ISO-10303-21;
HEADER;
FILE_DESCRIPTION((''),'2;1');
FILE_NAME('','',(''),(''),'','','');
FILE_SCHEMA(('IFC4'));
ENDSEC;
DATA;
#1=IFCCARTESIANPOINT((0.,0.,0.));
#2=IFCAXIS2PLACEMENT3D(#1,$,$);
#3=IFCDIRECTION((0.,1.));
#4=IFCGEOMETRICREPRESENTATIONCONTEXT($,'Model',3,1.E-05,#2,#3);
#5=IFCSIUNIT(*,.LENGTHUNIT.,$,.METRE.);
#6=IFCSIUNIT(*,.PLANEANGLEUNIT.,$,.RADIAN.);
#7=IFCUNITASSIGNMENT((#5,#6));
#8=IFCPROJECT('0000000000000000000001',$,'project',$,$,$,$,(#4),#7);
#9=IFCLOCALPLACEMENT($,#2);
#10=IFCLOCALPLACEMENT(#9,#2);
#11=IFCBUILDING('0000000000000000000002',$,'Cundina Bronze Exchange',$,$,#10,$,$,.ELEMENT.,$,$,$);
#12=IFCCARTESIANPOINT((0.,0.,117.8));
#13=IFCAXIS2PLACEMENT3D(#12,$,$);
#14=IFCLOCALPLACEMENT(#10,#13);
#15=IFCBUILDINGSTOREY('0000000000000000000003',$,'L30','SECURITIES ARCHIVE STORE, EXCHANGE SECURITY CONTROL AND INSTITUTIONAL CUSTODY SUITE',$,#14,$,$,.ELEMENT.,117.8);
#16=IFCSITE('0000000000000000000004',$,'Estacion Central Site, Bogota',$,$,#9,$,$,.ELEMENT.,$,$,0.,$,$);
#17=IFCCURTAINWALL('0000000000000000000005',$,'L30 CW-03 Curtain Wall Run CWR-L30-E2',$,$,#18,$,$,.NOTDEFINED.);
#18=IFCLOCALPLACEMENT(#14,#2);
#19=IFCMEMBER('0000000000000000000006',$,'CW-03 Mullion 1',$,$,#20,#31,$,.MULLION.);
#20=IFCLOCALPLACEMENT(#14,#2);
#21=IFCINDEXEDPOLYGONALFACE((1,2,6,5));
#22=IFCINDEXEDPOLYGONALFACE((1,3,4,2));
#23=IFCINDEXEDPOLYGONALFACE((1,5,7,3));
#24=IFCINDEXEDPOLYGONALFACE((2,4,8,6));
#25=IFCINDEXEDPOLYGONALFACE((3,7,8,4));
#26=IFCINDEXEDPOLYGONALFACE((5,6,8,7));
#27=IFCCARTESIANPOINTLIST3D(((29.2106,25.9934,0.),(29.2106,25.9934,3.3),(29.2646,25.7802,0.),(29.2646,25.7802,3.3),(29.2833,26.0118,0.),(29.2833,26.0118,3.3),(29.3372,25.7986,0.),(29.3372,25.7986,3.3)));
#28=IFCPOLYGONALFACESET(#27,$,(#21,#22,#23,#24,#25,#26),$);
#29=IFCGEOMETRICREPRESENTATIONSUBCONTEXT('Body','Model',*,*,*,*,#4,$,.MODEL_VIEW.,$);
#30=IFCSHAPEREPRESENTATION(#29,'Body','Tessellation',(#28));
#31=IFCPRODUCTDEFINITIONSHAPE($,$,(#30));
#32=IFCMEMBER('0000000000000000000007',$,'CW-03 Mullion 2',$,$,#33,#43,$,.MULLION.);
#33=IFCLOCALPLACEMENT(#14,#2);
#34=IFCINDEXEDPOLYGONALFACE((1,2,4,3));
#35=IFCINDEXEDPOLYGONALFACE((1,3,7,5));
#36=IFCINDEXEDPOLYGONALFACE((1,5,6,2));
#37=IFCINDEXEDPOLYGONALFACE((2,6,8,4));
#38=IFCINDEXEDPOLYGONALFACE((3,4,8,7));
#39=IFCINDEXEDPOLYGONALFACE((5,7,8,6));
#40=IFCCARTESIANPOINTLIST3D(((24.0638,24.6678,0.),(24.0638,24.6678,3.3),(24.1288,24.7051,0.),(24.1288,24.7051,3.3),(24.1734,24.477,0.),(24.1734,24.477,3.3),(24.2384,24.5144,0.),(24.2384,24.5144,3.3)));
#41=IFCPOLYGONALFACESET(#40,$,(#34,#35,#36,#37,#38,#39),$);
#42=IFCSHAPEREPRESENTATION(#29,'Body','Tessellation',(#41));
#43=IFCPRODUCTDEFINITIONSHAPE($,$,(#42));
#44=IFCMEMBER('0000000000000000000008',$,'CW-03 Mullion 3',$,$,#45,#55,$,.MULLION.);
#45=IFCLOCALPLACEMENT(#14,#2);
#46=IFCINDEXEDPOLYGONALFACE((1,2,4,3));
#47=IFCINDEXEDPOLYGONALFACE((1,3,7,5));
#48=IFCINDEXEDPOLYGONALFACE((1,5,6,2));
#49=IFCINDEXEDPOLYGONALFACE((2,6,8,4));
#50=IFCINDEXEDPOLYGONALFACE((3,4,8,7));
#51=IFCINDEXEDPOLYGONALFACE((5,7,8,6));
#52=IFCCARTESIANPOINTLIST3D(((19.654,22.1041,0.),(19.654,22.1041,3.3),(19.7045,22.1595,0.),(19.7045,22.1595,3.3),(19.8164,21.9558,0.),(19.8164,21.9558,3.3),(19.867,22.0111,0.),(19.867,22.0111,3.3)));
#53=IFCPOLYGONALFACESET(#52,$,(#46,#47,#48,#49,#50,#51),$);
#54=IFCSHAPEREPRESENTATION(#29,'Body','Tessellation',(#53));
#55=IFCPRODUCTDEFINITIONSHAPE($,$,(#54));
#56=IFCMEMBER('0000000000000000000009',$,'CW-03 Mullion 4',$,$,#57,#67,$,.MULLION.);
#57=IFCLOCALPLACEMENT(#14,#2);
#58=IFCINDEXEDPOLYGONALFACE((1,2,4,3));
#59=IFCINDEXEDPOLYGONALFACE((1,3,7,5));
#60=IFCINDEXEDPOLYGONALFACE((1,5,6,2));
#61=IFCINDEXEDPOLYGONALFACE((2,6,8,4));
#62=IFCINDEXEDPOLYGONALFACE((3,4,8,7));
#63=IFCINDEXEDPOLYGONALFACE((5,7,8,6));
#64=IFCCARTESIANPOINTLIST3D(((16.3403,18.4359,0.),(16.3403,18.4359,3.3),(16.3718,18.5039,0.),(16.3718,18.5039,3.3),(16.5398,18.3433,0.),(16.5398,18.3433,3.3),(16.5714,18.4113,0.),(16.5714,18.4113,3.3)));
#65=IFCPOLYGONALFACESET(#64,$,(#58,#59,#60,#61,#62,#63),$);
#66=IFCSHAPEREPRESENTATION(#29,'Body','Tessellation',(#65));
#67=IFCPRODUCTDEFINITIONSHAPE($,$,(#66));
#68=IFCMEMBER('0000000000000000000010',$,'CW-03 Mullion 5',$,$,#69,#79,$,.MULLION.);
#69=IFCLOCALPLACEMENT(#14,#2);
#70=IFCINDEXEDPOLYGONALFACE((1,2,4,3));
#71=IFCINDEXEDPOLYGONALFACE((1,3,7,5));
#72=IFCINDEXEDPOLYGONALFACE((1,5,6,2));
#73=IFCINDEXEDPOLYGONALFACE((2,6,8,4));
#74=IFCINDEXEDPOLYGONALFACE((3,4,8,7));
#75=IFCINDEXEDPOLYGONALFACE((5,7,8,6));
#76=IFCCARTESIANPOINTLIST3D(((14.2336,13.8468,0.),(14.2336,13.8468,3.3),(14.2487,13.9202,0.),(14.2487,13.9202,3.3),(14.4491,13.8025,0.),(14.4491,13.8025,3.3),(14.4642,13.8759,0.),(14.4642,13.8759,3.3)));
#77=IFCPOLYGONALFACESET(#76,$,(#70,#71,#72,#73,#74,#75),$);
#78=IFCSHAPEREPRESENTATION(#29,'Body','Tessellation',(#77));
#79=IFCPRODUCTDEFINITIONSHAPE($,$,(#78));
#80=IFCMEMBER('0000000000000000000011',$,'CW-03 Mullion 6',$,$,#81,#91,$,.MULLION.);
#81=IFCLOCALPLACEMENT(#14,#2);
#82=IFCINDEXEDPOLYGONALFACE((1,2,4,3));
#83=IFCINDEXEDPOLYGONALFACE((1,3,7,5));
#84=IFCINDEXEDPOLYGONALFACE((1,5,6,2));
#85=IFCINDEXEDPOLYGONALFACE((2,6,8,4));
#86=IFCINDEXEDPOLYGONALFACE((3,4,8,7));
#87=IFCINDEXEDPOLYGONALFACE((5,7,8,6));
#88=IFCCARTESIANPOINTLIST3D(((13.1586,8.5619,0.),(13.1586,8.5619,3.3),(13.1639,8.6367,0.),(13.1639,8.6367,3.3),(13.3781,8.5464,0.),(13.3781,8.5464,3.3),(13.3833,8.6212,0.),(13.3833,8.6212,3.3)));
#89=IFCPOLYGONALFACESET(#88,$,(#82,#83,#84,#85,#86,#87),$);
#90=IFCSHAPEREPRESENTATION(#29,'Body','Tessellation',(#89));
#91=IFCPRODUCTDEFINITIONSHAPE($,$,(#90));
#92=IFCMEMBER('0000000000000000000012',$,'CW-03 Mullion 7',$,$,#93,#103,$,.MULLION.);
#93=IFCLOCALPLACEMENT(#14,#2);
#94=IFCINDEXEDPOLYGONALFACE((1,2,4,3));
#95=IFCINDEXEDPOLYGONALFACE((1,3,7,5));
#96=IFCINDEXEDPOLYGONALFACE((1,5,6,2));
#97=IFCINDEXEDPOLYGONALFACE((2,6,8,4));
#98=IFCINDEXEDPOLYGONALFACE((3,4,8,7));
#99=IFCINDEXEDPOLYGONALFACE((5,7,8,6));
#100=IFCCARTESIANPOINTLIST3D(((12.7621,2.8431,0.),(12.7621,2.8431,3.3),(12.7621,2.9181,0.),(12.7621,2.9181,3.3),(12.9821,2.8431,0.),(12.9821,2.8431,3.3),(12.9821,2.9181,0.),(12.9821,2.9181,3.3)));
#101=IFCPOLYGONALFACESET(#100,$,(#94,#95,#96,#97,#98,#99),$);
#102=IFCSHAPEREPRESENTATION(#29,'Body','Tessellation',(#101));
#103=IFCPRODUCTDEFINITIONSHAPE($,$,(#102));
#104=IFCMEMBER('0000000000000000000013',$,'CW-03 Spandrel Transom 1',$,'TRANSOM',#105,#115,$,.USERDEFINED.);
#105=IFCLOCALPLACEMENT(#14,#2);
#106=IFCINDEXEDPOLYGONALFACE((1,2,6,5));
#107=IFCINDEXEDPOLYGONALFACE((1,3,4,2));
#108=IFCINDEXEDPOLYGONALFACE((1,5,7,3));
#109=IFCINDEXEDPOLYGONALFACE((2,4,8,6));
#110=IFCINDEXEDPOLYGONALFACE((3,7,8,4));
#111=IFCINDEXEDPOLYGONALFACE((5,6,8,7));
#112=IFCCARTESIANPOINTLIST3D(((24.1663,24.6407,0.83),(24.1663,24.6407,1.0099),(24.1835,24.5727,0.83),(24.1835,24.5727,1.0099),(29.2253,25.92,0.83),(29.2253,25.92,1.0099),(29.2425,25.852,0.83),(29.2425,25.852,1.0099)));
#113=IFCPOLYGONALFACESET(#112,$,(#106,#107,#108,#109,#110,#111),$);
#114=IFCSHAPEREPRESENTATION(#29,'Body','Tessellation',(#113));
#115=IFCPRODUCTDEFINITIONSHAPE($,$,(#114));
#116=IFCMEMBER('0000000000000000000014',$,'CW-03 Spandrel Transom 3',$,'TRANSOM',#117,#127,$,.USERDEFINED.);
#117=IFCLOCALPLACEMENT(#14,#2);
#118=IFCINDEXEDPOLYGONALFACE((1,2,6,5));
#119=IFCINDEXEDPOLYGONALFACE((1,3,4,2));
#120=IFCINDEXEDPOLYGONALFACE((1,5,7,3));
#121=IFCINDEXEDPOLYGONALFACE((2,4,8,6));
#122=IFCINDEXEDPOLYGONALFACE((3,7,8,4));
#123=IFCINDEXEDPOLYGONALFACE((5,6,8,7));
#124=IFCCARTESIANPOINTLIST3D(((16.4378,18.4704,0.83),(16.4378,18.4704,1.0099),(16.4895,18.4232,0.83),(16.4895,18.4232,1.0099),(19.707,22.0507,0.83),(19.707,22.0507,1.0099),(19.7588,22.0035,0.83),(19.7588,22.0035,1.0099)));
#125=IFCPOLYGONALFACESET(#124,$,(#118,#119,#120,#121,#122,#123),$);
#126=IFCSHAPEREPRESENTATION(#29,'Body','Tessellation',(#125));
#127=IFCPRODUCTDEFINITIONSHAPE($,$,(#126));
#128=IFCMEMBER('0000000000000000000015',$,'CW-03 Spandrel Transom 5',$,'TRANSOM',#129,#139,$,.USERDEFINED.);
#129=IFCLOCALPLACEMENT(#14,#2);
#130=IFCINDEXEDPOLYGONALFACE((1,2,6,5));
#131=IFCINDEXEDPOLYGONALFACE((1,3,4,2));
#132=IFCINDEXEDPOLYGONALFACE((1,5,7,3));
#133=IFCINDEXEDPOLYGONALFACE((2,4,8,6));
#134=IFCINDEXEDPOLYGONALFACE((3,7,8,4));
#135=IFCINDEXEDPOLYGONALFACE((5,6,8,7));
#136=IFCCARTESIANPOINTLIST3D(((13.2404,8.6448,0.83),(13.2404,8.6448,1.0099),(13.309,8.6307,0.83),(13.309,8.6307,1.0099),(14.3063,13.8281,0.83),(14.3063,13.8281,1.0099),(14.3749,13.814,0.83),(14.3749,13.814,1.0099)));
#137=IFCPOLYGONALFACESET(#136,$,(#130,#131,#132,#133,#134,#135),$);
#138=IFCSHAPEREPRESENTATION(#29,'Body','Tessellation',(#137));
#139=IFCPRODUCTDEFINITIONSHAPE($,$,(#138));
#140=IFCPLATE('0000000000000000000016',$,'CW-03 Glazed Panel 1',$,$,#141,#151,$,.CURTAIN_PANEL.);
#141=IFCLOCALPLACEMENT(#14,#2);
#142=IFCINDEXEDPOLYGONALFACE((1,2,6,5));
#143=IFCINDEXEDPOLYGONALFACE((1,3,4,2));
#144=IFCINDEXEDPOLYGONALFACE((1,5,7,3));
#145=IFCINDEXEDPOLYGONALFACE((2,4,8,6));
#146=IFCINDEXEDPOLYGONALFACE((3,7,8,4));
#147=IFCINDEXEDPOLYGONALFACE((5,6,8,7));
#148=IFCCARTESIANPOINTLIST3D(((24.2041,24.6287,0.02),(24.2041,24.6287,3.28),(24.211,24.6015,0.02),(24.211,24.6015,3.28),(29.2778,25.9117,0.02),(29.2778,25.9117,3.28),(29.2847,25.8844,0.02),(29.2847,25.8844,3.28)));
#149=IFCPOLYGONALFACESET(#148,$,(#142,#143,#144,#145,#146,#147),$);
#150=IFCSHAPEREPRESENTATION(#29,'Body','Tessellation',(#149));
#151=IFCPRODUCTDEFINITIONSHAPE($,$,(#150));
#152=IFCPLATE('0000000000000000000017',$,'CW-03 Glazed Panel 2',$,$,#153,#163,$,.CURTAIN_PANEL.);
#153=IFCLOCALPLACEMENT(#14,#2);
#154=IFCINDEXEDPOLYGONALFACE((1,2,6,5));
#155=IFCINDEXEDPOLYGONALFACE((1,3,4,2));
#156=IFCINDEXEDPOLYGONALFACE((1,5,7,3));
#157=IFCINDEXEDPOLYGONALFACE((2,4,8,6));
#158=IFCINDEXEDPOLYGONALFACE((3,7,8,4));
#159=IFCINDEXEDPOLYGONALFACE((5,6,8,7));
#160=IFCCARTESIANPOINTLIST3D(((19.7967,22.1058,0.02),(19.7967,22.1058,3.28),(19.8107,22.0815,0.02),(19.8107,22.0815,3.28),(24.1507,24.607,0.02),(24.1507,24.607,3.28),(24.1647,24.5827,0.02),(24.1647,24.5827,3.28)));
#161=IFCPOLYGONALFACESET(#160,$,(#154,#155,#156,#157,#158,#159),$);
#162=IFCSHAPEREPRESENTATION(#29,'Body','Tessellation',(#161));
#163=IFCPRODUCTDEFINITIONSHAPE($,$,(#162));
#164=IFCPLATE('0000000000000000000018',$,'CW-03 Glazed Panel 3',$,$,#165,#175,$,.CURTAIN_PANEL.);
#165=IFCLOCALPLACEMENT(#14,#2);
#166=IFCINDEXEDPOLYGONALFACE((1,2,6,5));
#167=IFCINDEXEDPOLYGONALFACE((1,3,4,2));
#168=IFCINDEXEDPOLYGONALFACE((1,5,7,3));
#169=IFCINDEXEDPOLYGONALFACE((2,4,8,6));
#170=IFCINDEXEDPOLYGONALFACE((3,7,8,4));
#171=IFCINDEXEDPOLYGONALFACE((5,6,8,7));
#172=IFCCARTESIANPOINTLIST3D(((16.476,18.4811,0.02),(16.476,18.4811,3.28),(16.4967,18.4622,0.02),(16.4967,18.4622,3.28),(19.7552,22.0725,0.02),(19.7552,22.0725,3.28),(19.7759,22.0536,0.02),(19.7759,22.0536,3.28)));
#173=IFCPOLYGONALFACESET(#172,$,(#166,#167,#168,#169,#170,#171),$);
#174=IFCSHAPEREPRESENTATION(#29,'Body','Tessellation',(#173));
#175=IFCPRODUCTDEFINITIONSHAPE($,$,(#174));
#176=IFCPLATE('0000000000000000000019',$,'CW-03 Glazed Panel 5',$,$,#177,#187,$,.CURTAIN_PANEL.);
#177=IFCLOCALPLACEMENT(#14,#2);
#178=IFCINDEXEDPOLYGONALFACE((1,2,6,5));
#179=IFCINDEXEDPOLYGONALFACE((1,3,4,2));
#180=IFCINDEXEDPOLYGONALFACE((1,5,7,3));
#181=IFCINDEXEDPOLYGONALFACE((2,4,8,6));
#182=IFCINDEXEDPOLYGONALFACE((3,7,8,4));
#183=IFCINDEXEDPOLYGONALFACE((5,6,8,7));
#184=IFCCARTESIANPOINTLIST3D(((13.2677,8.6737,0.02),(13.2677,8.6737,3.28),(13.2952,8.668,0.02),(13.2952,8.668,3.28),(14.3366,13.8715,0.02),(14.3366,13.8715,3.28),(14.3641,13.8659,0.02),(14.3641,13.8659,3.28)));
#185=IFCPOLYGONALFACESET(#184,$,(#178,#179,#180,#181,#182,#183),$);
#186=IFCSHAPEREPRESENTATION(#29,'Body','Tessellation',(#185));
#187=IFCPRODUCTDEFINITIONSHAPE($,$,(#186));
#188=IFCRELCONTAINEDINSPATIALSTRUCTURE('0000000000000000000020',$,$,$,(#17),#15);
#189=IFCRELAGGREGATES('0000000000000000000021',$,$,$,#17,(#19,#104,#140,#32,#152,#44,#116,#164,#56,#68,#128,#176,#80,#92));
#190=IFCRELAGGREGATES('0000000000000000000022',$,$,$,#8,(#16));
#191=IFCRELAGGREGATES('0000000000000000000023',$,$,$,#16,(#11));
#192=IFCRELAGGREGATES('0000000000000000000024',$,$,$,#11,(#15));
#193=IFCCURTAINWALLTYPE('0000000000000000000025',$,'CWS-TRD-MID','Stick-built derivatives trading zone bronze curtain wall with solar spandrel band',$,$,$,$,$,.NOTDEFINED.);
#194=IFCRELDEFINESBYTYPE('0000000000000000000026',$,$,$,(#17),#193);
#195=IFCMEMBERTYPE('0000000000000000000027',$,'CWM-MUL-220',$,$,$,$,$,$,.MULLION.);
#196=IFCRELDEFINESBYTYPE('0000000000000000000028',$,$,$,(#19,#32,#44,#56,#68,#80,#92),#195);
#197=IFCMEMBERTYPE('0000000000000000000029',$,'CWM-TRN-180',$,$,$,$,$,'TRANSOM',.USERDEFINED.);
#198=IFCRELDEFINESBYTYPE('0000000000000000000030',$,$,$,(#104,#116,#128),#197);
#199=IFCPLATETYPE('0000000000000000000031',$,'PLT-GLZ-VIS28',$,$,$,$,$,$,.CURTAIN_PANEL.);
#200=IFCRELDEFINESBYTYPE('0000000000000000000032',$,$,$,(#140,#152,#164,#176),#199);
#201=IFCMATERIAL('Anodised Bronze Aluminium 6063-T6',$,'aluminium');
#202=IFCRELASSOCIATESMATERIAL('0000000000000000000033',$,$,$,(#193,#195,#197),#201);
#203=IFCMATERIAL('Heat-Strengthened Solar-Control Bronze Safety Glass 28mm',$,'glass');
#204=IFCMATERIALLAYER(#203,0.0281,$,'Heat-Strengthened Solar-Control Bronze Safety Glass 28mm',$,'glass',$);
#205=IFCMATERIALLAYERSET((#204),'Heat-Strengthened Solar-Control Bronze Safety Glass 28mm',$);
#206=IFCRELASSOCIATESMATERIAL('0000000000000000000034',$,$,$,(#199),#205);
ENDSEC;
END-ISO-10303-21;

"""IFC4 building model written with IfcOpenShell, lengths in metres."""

from ifc_helpers import new_model, si_unit, direction, frame, origin, origin_2d, place, context, subcontext, project, spatial, rectangle, extrude, material, layer, layer_set, material_profile, profile_set, type_object, element, aggregate, save


model = new_model("IFC4")

# Units and contexts
model_context = context("Model", 3, precision=1e-05, world=origin(), true_north=direction((0.0, 1.0)))
body_context = subcontext(model_context, "Body", "Model", "MODEL_VIEW")
ifc_project = project(units=[si_unit("LENGTHUNIT", "METRE"), si_unit("PLANEANGLEUNIT", "RADIAN")], contexts=[model_context])

# Site, building, storey
site_placement = place(None, origin())
site = spatial("IfcSite", under=ifc_project, at=site_placement, Name="Estacion Central Site, Bogota", CompositionType="ELEMENT", RefElevation=0.0)
building_placement = place(site_placement, origin())
building = spatial("IfcBuilding", under=site, at=building_placement, Name="Cundina Bronze Exchange", CompositionType="ELEMENT")
storey_placement = place(building_placement, frame((0.0, 0.0, 117.8)))
storey = spatial("IfcBuildingStorey", under=building, at=storey_placement, Name="L30", Description="SECURITIES ARCHIVE STORE, EXCHANGE SECURITY CONTROL AND INSTITUTIONAL CUSTODY SUITE", CompositionType="ELEMENT", Elevation=117.8)

# Shared definitions
ifc_material_1 = material(Name="Anodised Bronze Aluminium 6063-T6", Category="aluminium")
curtain_wall_type = type_object("IfcCurtainWallType", Name="CWS-TRD-MID", Description="Stick-built derivatives trading zone bronze curtain wall with solar spandrel band", PredefinedType="NOTDEFINED", material=ifc_material_1)
ifc_material_profile_1 = material_profile(ifc_material_1, rectangle(XDim=0.075, YDim=0.22, at=origin_2d()), Name="AL75X220", Category="aluminium")
ifc_profile_set_1 = profile_set([ifc_material_profile_1], Name="Anodised Bronze Aluminium 6063-T6")
member_type_1 = type_object("IfcMemberType", Name="CWM-MUL-220", PredefinedType="MULLION", material=ifc_profile_set_1)

# Curtain wall, members, plates
curtain_wall_1_placement = place(storey_placement, origin())
curtain_wall_1 = element("IfcCurtainWall", 1, at=curtain_wall_1_placement, inside=storey, type_object=curtain_wall_type, Name="L30 CW-03 Curtain Wall Run CWR-L30-E2", PredefinedType="NOTDEFINED")
member_1_placement = place(storey_placement, frame((29.2739, 25.896, 0.0), z_axis=(0.0, 0.0, 1.0), x_axis=(-0.969488, -0.245138, 0.0)))
member_1 = element("IfcMember", 2, at=member_1_placement, type_object=member_type_1, Name="CW-03 Mullion 1", PredefinedType="MULLION", context=body_context, shape_type="SweptSolid", body=[
    extrude(rectangle(XDim=0.075, YDim=0.22, at=origin_2d()), origin(), (0.0, 0.0, 1.0), 3.3),
])
member_2_placement = place(storey_placement, frame((24.1511, 24.5911, 0.0), z_axis=(0.0, 0.0, 1.0), x_axis=(-0.867071, -0.498185, 0.0)))
member_2 = element("IfcMember", 3, at=member_2_placement, type_object=member_type_1, Name="CW-03 Mullion 2", PredefinedType="MULLION", context=body_context, shape_type="SweptSolid", body=[
    extrude(rectangle(XDim=0.075, YDim=0.22, at=origin_2d()), origin(), (0.0, 0.0, 1.0), 3.3),
])
member_3_placement = place(storey_placement, frame((19.7605, 22.0576, 0.0), z_axis=(0.0, 0.0, 1.0), x_axis=(-0.674302, -0.738455, 0.0)))
member_3 = element("IfcMember", 4, at=member_3_placement, type_object=member_type_1, Name="CW-03 Mullion 3", PredefinedType="MULLION", context=body_context, shape_type="SweptSolid", body=[
    extrude(rectangle(XDim=0.075, YDim=0.22, at=origin_2d()), origin(), (0.0, 0.0, 1.0), 3.3),
])
member_4_placement = place(storey_placement, frame((16.4558, 18.4236, 0.0), z_axis=(0.0, 0.0, 1.0), x_axis=(-0.420877, -0.907117, 0.0)))
member_4 = element("IfcMember", 5, at=member_4_placement, type_object=member_type_1, Name="CW-03 Mullion 4", PredefinedType="MULLION", context=body_context, shape_type="SweptSolid", body=[
    extrude(rectangle(XDim=0.075, YDim=0.22, at=origin_2d()), origin(), (0.0, 0.0, 1.0), 3.3),
])
member_5_placement = place(storey_placement, frame((14.3489, 13.8613, 0.0), z_axis=(0.0, 0.0, 1.0), x_axis=(-0.20142, -0.979505, 0.0)))
member_5 = element("IfcMember", 6, at=member_5_placement, type_object=member_type_1, Name="CW-03 Mullion 5", PredefinedType="MULLION", context=body_context, shape_type="SweptSolid", body=[
    extrude(rectangle(XDim=0.075, YDim=0.22, at=origin_2d()), origin(), (0.0, 0.0, 1.0), 3.3),
])
member_6_placement = place(storey_placement, frame((13.271, 8.5916, 0.0), z_axis=(0.0, 0.0, 1.0), x_axis=(-0.070279, -0.997527, 0.0)))
member_6 = element("IfcMember", 7, at=member_6_placement, type_object=member_type_1, Name="CW-03 Mullion 6", PredefinedType="MULLION", context=body_context, shape_type="SweptSolid", body=[
    extrude(rectangle(XDim=0.075, YDim=0.22, at=origin_2d()), origin(), (0.0, 0.0, 1.0), 3.3),
])
member_7_placement = place(storey_placement, frame((12.8721, 2.8806, 0.0), z_axis=(0.0, 0.0, 1.0), x_axis=(0.0, -1.0, 0.0)))
member_7 = element("IfcMember", 8, at=member_7_placement, type_object=member_type_1, Name="CW-03 Mullion 7", PredefinedType="MULLION", context=body_context, shape_type="SweptSolid", body=[
    extrude(rectangle(XDim=0.075, YDim=0.22, at=origin_2d()), origin(), (0.0, 0.0, 1.0), 3.3),
])
ifc_material_profile_2 = material_profile(ifc_material_1, rectangle(XDim=0.0701, YDim=0.1799, at=origin_2d()), Name="AL70X180", Category="aluminium")
ifc_profile_set_2 = profile_set([ifc_material_profile_2], Name="Anodised Bronze Aluminium 6063-T6")
member_type_2 = type_object("IfcMemberType", Name="CWM-TRN-180", ElementType="TRANSOM", PredefinedType="USERDEFINED", material=ifc_profile_set_2)
member_8_placement = place(storey_placement, frame((29.2339, 25.886, 0.9199), z_axis=(-0.969484, -0.245155, 0.0), x_axis=(0.245155, -0.969484, 0.0)))
member_8 = element("IfcMember", 9, at=member_8_placement, type_object=member_type_2, Name="CW-03 Spandrel Transom 1", ObjectType="TRANSOM", PredefinedType="USERDEFINED", context=body_context, shape_type="SweptSolid", body=[
    extrude(rectangle(XDim=0.0701, YDim=0.1799, at=origin_2d()), origin(), (0.0, 0.0, 1.0), 5.2183),
])
member_9_placement = place(storey_placement, frame((19.7329, 22.0271, 0.9199), z_axis=(-0.674303, -0.738455, 0.0), x_axis=(0.738455, -0.674303, 0.0)))
member_9 = element("IfcMember", 10, at=member_9_placement, type_object=member_type_2, Name="CW-03 Spandrel Transom 3", ObjectType="TRANSOM", PredefinedType="USERDEFINED", context=body_context, shape_type="SweptSolid", body=[
    extrude(rectangle(XDim=0.0701, YDim=0.1799, at=origin_2d()), origin(), (0.0, 0.0, 1.0), 4.8484),
])
member_10_placement = place(storey_placement, frame((14.3406, 13.821, 0.9199), z_axis=(-0.201428, -0.979503, 0.0), x_axis=(0.979503, -0.201428, 0.0)))
member_10 = element("IfcMember", 11, at=member_10_placement, type_object=member_type_2, Name="CW-03 Spandrel Transom 5", ObjectType="TRANSOM", PredefinedType="USERDEFINED", context=body_context, shape_type="SweptSolid", body=[
    extrude(rectangle(XDim=0.0701, YDim=0.1799, at=origin_2d()), origin(), (0.0, 0.0, 1.0), 5.2917),
])
ifc_material_2 = material(Name="Heat-Strengthened Solar-Control Bronze Safety Glass 28mm", Category="glass")
ifc_layer_1 = layer(ifc_material_2, 0.0281, Name="Heat-Strengthened Solar-Control Bronze Safety Glass 28mm", Category="glass")
ifc_layer_set_1 = layer_set([ifc_layer_1], Name="Heat-Strengthened Solar-Control Bronze Safety Glass 28mm")
plate_type_1 = type_object("IfcPlateType", Name="PLT-GLZ-VIS28", PredefinedType="CURTAIN_PANEL", material=ifc_layer_set_1)
plate_1_placement = place(storey_placement, frame((26.7444, 25.2566, 0.02), z_axis=(0.0, 0.0, 1.0), x_axis=(-0.969488, -0.245138, 0.0)))
plate_1 = element("IfcPlate", 12, at=plate_1_placement, type_object=plate_type_1, Name="CW-03 Glazed Panel 1", PredefinedType="CURTAIN_PANEL", context=body_context, shape_type="SweptSolid", body=[
    extrude(rectangle(XDim=5.2334, YDim=0.0281, at=origin_2d()), origin(), (0.0, 0.0, 1.0), 3.26),
])
plate_2_placement = place(storey_placement, frame((21.9807, 23.3442, 0.02), z_axis=(0.0, 0.0, 1.0), x_axis=(-0.867105, -0.498125, 0.0)))
plate_2 = element("IfcPlate", 13, at=plate_2_placement, type_object=plate_type_1, Name="CW-03 Glazed Panel 2", PredefinedType="CURTAIN_PANEL", context=body_context, shape_type="SweptSolid", body=[
    extrude(rectangle(XDim=5.0212, YDim=0.0281, at=origin_2d()), origin(), (0.0, 0.0, 1.0), 3.26),
])
plate_3_placement = place(storey_placement, frame((18.126, 20.2673, 0.02), z_axis=(0.0, 0.0, 1.0), x_axis=(-0.674277, -0.738479, 0.0)))
plate_3 = element("IfcPlate", 14, at=plate_3_placement, type_object=plate_type_1, Name="CW-03 Glazed Panel 3", PredefinedType="CURTAIN_PANEL", context=body_context, shape_type="SweptSolid", body=[
    extrude(rectangle(XDim=4.8633, YDim=0.0281, at=origin_2d()), origin(), (0.0, 0.0, 1.0), 3.26),
])
plate_4_placement = place(storey_placement, frame((13.8159, 11.2698, 0.02), z_axis=(0.0, 0.0, 1.0), x_axis=(-0.20142, -0.979505, 0.0)))
plate_4 = element("IfcPlate", 15, at=plate_4_placement, type_object=plate_type_1, Name="CW-03 Glazed Panel 5", PredefinedType="CURTAIN_PANEL", context=body_context, shape_type="SweptSolid", body=[
    extrude(rectangle(XDim=5.3066, YDim=0.0281, at=origin_2d()), origin(), (0.0, 0.0, 1.0), 3.26),
])
aggregate(curtain_wall_1, [member_1, member_8, plate_1, member_2, plate_2, member_3, member_9, plate_3, member_4, member_5, member_10, plate_4, member_6, member_7])

save(model, "model.ifc")
